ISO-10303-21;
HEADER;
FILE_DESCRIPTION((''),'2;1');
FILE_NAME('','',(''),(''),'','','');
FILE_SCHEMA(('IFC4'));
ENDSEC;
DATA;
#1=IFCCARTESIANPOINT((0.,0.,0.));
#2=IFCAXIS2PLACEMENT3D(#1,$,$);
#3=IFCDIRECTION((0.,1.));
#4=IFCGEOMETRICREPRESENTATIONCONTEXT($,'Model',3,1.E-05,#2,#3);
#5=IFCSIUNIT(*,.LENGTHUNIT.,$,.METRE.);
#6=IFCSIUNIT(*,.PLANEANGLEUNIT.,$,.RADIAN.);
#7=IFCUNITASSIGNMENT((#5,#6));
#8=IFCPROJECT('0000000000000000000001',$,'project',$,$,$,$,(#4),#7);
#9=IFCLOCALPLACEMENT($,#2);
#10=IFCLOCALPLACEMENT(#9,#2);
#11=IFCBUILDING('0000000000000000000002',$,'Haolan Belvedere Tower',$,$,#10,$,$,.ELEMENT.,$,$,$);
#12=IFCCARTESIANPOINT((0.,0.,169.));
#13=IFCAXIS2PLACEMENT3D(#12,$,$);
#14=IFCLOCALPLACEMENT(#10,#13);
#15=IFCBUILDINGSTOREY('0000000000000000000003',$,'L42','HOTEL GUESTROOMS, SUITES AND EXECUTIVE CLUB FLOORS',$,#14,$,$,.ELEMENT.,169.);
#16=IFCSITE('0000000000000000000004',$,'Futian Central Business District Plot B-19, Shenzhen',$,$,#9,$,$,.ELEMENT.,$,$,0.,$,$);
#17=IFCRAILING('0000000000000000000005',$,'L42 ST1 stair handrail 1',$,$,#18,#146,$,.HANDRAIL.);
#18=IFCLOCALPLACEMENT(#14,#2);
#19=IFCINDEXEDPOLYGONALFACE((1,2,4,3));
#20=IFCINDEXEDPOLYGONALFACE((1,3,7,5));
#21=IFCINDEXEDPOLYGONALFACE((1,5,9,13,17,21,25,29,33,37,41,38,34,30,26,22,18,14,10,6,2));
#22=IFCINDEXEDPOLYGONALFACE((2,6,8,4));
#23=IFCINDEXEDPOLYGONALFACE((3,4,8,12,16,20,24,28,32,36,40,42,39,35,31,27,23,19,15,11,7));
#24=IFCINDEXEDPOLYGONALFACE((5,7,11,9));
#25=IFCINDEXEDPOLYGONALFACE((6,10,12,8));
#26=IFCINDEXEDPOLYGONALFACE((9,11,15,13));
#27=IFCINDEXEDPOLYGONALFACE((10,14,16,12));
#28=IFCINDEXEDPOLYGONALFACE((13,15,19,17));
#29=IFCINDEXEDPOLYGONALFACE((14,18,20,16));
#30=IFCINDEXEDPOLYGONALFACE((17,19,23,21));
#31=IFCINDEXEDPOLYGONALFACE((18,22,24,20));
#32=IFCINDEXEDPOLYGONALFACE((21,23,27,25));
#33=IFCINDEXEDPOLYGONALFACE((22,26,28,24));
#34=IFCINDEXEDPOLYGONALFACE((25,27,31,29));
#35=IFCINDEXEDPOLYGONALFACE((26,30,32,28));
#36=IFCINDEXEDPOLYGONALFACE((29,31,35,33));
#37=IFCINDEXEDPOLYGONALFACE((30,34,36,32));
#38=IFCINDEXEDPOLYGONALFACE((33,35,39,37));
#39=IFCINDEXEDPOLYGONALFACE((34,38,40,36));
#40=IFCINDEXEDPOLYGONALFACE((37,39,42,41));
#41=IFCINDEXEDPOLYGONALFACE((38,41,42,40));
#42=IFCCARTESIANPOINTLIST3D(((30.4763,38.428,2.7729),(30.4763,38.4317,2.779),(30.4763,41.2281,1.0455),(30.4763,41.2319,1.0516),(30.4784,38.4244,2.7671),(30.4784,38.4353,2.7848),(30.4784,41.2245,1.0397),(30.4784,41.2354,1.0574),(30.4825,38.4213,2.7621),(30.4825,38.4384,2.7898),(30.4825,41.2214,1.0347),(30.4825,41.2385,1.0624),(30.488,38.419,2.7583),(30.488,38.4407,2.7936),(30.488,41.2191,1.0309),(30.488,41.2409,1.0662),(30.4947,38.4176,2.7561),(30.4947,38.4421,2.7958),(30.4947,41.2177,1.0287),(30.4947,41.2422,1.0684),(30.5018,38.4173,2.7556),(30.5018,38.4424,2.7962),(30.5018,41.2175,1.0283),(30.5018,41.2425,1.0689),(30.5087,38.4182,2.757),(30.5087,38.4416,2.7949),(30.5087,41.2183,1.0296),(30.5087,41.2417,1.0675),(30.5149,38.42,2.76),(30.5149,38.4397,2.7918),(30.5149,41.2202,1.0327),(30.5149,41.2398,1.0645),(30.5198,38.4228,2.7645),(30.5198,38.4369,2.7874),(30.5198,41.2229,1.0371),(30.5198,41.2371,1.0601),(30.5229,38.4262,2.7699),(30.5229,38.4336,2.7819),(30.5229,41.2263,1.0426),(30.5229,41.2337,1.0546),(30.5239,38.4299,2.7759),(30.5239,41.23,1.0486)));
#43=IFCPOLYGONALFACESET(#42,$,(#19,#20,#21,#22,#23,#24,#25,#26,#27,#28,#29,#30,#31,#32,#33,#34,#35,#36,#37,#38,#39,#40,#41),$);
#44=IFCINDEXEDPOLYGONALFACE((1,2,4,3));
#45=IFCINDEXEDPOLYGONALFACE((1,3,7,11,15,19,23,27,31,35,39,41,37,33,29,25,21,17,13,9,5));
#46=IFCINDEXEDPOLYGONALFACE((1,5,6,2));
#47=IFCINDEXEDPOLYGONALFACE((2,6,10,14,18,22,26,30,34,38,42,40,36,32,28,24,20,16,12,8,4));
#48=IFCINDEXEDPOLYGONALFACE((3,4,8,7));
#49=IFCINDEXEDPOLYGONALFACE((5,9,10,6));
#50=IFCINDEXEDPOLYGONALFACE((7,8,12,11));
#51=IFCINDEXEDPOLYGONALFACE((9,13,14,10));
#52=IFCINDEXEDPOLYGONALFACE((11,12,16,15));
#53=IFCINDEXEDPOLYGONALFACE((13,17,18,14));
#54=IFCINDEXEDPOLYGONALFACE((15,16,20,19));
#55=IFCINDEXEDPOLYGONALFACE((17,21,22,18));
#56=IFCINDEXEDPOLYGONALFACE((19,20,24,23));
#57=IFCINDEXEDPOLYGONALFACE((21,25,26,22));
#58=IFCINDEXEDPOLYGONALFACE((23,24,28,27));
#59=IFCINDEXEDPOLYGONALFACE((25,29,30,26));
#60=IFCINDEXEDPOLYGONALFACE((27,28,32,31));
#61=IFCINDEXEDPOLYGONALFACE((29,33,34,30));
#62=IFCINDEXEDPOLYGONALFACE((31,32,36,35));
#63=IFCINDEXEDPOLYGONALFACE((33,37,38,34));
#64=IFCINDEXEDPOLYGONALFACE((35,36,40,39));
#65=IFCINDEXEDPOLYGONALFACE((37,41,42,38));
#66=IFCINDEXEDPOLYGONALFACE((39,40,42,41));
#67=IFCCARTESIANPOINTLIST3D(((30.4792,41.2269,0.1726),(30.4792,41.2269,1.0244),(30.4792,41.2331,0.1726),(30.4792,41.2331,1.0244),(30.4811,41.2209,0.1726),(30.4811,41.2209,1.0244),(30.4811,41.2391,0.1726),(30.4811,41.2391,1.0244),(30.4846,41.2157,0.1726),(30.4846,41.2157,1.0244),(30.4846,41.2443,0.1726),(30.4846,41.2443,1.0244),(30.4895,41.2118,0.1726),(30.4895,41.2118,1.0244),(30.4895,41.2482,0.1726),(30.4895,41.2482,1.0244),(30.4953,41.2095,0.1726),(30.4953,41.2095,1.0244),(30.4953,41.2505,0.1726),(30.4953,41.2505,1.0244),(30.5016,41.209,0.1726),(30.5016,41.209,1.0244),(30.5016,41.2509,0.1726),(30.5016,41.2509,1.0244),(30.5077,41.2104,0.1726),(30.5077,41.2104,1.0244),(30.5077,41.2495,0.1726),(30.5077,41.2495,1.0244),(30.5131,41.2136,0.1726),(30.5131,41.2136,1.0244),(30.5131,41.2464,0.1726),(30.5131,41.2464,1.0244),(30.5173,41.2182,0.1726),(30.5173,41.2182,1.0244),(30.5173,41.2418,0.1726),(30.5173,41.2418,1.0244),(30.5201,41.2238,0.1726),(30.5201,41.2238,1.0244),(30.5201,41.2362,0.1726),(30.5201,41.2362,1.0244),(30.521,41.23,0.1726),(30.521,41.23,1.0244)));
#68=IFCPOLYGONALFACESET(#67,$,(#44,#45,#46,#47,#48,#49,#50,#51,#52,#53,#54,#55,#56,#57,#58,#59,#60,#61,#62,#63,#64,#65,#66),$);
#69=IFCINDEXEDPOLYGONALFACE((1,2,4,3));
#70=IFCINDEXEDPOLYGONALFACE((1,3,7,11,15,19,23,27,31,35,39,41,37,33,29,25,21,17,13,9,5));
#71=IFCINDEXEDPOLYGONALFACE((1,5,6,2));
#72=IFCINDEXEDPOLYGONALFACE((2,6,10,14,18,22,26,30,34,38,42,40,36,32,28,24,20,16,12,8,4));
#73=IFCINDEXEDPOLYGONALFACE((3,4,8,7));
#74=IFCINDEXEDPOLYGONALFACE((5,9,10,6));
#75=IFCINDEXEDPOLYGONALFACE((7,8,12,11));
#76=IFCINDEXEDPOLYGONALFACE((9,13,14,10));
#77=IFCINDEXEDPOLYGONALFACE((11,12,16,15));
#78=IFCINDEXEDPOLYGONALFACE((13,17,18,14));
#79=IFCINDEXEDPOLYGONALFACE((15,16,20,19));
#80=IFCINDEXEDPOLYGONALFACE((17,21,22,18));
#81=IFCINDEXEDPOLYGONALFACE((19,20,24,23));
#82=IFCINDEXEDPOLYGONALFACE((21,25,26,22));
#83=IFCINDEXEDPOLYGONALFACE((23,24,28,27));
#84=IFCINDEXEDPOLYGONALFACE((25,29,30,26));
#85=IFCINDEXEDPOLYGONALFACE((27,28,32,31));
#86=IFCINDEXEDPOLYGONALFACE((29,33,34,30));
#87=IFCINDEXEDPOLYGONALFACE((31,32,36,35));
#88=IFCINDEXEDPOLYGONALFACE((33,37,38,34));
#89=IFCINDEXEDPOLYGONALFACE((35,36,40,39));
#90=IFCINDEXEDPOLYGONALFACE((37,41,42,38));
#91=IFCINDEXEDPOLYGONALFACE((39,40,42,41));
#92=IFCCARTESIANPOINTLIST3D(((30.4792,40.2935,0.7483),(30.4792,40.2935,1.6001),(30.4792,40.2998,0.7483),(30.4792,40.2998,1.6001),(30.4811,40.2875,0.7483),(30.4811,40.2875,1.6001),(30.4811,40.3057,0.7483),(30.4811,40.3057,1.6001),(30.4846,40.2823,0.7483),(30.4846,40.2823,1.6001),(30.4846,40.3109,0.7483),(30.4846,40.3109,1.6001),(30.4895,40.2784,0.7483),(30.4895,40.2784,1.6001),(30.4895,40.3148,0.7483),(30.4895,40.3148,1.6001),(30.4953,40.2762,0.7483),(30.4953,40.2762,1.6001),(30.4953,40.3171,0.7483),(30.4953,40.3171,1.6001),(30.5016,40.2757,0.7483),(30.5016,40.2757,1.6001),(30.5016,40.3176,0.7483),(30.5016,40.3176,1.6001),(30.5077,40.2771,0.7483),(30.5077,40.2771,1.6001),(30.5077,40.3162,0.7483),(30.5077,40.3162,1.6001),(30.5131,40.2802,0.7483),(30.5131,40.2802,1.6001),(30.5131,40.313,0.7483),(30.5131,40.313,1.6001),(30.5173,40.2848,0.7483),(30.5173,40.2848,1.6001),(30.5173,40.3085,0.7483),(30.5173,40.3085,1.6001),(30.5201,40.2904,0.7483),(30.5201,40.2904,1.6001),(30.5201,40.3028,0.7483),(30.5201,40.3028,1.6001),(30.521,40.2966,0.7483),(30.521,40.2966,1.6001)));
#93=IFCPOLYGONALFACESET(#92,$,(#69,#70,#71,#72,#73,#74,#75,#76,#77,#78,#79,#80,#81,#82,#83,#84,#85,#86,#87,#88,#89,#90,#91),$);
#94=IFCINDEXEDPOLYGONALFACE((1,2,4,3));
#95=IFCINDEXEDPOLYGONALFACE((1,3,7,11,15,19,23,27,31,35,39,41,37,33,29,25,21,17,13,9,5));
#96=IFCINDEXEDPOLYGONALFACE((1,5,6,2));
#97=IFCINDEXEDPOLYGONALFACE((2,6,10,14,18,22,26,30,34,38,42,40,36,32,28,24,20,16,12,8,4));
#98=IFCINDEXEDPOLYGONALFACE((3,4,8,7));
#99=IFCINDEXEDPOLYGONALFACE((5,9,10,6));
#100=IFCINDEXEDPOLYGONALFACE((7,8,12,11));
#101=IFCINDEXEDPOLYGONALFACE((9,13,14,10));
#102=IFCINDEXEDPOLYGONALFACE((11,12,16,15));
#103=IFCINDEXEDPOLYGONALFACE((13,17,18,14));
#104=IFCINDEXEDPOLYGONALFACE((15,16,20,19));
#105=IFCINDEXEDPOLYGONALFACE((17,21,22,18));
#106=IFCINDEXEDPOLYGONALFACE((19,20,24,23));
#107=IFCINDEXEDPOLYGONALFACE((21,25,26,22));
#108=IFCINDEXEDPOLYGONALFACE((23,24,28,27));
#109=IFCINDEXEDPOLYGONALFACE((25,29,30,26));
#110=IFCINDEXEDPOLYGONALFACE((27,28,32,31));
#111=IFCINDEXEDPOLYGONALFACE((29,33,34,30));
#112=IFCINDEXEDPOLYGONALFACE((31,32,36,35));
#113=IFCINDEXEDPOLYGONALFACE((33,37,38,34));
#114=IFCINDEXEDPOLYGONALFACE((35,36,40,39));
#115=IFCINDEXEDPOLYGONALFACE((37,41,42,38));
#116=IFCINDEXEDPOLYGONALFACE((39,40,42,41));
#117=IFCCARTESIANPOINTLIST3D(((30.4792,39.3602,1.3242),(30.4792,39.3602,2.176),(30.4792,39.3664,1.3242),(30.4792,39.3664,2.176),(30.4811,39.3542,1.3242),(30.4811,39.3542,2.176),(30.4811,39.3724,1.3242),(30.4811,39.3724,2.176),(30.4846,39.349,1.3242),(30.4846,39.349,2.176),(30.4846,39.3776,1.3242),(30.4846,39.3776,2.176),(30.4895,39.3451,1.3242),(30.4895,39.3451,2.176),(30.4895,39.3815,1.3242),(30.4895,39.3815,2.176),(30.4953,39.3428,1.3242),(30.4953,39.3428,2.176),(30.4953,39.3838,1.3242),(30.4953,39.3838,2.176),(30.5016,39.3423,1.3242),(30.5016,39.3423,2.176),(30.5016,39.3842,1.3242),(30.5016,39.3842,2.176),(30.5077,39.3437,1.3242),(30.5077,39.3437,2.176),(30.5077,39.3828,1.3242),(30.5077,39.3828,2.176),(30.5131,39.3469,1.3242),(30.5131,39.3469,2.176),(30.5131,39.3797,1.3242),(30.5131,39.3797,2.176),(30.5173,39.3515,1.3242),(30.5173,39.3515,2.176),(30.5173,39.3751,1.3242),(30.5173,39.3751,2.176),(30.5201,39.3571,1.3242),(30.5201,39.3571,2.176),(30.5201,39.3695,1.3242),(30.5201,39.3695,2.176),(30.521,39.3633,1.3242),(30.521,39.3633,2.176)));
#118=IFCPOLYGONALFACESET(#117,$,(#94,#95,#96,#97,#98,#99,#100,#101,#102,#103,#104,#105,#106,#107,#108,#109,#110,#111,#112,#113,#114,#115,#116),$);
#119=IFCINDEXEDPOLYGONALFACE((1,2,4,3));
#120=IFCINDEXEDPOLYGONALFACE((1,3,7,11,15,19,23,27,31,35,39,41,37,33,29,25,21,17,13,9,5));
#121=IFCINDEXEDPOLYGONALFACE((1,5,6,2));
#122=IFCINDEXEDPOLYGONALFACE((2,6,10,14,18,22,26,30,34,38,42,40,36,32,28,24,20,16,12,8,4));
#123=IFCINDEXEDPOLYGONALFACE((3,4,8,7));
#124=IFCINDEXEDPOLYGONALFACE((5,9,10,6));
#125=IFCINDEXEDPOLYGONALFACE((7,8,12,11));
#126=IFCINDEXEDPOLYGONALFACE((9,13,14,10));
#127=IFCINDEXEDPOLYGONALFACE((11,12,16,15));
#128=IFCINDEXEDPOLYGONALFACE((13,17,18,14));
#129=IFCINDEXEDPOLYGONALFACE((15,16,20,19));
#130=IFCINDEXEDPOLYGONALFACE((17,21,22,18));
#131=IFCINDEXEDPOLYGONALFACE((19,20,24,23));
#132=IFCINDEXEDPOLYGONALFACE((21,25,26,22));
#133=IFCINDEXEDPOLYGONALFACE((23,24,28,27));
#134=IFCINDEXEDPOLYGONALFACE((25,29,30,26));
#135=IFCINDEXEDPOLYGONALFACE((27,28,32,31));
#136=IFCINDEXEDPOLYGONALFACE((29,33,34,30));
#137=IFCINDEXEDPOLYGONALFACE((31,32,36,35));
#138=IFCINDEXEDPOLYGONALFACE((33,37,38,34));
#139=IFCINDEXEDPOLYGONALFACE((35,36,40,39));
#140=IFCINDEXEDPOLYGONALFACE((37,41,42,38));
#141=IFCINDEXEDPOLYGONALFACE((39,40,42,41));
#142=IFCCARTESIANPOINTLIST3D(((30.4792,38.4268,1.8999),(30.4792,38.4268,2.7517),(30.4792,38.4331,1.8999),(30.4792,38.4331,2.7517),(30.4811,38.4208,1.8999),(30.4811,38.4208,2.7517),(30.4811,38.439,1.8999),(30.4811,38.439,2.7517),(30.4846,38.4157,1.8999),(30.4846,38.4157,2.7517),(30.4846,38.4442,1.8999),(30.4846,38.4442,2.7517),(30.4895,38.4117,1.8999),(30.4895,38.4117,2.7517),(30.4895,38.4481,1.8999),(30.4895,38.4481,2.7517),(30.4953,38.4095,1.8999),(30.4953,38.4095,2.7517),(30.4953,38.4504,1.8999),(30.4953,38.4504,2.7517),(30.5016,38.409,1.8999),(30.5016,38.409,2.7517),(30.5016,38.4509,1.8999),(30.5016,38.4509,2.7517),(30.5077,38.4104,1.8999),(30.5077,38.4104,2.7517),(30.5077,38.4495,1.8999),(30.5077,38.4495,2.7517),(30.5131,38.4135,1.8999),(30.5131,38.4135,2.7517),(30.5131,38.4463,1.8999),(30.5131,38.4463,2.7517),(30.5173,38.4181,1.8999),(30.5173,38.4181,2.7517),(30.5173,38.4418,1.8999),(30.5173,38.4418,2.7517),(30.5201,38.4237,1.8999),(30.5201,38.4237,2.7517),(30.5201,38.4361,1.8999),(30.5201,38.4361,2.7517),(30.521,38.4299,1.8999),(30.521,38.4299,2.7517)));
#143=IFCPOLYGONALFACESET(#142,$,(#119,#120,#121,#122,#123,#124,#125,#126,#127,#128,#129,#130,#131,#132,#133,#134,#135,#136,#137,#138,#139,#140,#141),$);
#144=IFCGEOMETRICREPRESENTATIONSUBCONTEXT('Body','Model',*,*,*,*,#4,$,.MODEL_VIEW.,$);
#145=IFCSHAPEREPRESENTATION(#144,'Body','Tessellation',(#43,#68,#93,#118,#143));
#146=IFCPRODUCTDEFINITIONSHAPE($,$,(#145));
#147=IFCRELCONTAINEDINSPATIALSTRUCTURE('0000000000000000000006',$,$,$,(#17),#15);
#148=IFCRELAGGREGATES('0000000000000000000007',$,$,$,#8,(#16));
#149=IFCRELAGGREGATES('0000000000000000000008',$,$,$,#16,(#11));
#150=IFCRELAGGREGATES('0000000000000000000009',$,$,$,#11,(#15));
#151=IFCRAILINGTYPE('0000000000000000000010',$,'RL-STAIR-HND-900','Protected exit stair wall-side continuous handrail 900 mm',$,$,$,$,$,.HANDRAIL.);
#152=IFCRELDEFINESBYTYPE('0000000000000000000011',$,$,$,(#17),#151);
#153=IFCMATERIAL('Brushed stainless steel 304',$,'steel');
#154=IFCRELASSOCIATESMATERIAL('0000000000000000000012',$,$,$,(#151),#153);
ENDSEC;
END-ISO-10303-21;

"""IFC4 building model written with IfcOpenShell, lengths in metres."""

from ifc_helpers import new_model, si_unit, direction, frame, origin, origin_2d, place, context, subcontext, project, spatial, circle, extrude, material, type_object, element, save


model = new_model("IFC4")

# Units and contexts
model_context = context("Model", 3, precision=1e-05, world=origin(), true_north=direction((0.0, 1.0)))
body_context = subcontext(model_context, "Body", "Model", "MODEL_VIEW")
ifc_project = project(units=[si_unit("LENGTHUNIT", "METRE"), si_unit("PLANEANGLEUNIT", "RADIAN")], contexts=[model_context])

# Site, building, storey
site_placement = place(None, origin())
site = spatial("IfcSite", under=ifc_project, at=site_placement, Name="Futian Central Business District Plot B-19, Shenzhen", CompositionType="ELEMENT", RefElevation=0.0)
building_placement = place(site_placement, origin())
building = spatial("IfcBuilding", under=site, at=building_placement, Name="Haolan Belvedere Tower", CompositionType="ELEMENT")
storey_placement = place(building_placement, frame((0.0, 0.0, 169.0)))
storey = spatial("IfcBuildingStorey", under=building, at=storey_placement, Name="L42", Description="HOTEL GUESTROOMS, SUITES AND EXECUTIVE CLUB FLOORS", CompositionType="ELEMENT", Elevation=169.0)

# Railing
ifc_material_1 = material(Name="Brushed stainless steel 304", Category="steel")
railing_type_1 = type_object("IfcRailingType", Name="RL-STAIR-HND-900", Description="Protected exit stair wall-side continuous handrail 900 mm", PredefinedType="HANDRAIL", material=ifc_material_1)
railing_1_placement = place(storey_placement, frame((30.5, 41.23, 0.1726)))
element("IfcRailing", 1, at=railing_1_placement, inside=storey, type_object=railing_type_1, Name="L42 ST1 stair handrail 1", PredefinedType="HANDRAIL", context=body_context, shape_type="SweptSolid", body=[
    extrude(circle(Radius=0.0239, at=origin_2d()), frame((0.0, 0.0, 0.876), z_axis=(0.0, -0.85109, 0.52502), x_axis=(1.0, 0.0, 0.0)), (0.0, 0.0, 1.0), 3.29),
    extrude(circle(Radius=0.021, at=origin_2d()), origin(), (0.0, 0.0, 1.0), 0.8518),
    extrude(circle(Radius=0.021, at=origin_2d()), frame((0.0, -0.9333, 0.5757)), (0.0, 0.0, 1.0), 0.8518),
    extrude(circle(Radius=0.021, at=origin_2d()), frame((0.0, -1.8667, 1.1516)), (0.0, 0.0, 1.0), 0.8518),
    extrude(circle(Radius=0.021, at=origin_2d()), frame((0.0, -2.8, 1.7273)), (0.0, 0.0, 1.0), 0.8518),
])

save(model, "model.ifc")
